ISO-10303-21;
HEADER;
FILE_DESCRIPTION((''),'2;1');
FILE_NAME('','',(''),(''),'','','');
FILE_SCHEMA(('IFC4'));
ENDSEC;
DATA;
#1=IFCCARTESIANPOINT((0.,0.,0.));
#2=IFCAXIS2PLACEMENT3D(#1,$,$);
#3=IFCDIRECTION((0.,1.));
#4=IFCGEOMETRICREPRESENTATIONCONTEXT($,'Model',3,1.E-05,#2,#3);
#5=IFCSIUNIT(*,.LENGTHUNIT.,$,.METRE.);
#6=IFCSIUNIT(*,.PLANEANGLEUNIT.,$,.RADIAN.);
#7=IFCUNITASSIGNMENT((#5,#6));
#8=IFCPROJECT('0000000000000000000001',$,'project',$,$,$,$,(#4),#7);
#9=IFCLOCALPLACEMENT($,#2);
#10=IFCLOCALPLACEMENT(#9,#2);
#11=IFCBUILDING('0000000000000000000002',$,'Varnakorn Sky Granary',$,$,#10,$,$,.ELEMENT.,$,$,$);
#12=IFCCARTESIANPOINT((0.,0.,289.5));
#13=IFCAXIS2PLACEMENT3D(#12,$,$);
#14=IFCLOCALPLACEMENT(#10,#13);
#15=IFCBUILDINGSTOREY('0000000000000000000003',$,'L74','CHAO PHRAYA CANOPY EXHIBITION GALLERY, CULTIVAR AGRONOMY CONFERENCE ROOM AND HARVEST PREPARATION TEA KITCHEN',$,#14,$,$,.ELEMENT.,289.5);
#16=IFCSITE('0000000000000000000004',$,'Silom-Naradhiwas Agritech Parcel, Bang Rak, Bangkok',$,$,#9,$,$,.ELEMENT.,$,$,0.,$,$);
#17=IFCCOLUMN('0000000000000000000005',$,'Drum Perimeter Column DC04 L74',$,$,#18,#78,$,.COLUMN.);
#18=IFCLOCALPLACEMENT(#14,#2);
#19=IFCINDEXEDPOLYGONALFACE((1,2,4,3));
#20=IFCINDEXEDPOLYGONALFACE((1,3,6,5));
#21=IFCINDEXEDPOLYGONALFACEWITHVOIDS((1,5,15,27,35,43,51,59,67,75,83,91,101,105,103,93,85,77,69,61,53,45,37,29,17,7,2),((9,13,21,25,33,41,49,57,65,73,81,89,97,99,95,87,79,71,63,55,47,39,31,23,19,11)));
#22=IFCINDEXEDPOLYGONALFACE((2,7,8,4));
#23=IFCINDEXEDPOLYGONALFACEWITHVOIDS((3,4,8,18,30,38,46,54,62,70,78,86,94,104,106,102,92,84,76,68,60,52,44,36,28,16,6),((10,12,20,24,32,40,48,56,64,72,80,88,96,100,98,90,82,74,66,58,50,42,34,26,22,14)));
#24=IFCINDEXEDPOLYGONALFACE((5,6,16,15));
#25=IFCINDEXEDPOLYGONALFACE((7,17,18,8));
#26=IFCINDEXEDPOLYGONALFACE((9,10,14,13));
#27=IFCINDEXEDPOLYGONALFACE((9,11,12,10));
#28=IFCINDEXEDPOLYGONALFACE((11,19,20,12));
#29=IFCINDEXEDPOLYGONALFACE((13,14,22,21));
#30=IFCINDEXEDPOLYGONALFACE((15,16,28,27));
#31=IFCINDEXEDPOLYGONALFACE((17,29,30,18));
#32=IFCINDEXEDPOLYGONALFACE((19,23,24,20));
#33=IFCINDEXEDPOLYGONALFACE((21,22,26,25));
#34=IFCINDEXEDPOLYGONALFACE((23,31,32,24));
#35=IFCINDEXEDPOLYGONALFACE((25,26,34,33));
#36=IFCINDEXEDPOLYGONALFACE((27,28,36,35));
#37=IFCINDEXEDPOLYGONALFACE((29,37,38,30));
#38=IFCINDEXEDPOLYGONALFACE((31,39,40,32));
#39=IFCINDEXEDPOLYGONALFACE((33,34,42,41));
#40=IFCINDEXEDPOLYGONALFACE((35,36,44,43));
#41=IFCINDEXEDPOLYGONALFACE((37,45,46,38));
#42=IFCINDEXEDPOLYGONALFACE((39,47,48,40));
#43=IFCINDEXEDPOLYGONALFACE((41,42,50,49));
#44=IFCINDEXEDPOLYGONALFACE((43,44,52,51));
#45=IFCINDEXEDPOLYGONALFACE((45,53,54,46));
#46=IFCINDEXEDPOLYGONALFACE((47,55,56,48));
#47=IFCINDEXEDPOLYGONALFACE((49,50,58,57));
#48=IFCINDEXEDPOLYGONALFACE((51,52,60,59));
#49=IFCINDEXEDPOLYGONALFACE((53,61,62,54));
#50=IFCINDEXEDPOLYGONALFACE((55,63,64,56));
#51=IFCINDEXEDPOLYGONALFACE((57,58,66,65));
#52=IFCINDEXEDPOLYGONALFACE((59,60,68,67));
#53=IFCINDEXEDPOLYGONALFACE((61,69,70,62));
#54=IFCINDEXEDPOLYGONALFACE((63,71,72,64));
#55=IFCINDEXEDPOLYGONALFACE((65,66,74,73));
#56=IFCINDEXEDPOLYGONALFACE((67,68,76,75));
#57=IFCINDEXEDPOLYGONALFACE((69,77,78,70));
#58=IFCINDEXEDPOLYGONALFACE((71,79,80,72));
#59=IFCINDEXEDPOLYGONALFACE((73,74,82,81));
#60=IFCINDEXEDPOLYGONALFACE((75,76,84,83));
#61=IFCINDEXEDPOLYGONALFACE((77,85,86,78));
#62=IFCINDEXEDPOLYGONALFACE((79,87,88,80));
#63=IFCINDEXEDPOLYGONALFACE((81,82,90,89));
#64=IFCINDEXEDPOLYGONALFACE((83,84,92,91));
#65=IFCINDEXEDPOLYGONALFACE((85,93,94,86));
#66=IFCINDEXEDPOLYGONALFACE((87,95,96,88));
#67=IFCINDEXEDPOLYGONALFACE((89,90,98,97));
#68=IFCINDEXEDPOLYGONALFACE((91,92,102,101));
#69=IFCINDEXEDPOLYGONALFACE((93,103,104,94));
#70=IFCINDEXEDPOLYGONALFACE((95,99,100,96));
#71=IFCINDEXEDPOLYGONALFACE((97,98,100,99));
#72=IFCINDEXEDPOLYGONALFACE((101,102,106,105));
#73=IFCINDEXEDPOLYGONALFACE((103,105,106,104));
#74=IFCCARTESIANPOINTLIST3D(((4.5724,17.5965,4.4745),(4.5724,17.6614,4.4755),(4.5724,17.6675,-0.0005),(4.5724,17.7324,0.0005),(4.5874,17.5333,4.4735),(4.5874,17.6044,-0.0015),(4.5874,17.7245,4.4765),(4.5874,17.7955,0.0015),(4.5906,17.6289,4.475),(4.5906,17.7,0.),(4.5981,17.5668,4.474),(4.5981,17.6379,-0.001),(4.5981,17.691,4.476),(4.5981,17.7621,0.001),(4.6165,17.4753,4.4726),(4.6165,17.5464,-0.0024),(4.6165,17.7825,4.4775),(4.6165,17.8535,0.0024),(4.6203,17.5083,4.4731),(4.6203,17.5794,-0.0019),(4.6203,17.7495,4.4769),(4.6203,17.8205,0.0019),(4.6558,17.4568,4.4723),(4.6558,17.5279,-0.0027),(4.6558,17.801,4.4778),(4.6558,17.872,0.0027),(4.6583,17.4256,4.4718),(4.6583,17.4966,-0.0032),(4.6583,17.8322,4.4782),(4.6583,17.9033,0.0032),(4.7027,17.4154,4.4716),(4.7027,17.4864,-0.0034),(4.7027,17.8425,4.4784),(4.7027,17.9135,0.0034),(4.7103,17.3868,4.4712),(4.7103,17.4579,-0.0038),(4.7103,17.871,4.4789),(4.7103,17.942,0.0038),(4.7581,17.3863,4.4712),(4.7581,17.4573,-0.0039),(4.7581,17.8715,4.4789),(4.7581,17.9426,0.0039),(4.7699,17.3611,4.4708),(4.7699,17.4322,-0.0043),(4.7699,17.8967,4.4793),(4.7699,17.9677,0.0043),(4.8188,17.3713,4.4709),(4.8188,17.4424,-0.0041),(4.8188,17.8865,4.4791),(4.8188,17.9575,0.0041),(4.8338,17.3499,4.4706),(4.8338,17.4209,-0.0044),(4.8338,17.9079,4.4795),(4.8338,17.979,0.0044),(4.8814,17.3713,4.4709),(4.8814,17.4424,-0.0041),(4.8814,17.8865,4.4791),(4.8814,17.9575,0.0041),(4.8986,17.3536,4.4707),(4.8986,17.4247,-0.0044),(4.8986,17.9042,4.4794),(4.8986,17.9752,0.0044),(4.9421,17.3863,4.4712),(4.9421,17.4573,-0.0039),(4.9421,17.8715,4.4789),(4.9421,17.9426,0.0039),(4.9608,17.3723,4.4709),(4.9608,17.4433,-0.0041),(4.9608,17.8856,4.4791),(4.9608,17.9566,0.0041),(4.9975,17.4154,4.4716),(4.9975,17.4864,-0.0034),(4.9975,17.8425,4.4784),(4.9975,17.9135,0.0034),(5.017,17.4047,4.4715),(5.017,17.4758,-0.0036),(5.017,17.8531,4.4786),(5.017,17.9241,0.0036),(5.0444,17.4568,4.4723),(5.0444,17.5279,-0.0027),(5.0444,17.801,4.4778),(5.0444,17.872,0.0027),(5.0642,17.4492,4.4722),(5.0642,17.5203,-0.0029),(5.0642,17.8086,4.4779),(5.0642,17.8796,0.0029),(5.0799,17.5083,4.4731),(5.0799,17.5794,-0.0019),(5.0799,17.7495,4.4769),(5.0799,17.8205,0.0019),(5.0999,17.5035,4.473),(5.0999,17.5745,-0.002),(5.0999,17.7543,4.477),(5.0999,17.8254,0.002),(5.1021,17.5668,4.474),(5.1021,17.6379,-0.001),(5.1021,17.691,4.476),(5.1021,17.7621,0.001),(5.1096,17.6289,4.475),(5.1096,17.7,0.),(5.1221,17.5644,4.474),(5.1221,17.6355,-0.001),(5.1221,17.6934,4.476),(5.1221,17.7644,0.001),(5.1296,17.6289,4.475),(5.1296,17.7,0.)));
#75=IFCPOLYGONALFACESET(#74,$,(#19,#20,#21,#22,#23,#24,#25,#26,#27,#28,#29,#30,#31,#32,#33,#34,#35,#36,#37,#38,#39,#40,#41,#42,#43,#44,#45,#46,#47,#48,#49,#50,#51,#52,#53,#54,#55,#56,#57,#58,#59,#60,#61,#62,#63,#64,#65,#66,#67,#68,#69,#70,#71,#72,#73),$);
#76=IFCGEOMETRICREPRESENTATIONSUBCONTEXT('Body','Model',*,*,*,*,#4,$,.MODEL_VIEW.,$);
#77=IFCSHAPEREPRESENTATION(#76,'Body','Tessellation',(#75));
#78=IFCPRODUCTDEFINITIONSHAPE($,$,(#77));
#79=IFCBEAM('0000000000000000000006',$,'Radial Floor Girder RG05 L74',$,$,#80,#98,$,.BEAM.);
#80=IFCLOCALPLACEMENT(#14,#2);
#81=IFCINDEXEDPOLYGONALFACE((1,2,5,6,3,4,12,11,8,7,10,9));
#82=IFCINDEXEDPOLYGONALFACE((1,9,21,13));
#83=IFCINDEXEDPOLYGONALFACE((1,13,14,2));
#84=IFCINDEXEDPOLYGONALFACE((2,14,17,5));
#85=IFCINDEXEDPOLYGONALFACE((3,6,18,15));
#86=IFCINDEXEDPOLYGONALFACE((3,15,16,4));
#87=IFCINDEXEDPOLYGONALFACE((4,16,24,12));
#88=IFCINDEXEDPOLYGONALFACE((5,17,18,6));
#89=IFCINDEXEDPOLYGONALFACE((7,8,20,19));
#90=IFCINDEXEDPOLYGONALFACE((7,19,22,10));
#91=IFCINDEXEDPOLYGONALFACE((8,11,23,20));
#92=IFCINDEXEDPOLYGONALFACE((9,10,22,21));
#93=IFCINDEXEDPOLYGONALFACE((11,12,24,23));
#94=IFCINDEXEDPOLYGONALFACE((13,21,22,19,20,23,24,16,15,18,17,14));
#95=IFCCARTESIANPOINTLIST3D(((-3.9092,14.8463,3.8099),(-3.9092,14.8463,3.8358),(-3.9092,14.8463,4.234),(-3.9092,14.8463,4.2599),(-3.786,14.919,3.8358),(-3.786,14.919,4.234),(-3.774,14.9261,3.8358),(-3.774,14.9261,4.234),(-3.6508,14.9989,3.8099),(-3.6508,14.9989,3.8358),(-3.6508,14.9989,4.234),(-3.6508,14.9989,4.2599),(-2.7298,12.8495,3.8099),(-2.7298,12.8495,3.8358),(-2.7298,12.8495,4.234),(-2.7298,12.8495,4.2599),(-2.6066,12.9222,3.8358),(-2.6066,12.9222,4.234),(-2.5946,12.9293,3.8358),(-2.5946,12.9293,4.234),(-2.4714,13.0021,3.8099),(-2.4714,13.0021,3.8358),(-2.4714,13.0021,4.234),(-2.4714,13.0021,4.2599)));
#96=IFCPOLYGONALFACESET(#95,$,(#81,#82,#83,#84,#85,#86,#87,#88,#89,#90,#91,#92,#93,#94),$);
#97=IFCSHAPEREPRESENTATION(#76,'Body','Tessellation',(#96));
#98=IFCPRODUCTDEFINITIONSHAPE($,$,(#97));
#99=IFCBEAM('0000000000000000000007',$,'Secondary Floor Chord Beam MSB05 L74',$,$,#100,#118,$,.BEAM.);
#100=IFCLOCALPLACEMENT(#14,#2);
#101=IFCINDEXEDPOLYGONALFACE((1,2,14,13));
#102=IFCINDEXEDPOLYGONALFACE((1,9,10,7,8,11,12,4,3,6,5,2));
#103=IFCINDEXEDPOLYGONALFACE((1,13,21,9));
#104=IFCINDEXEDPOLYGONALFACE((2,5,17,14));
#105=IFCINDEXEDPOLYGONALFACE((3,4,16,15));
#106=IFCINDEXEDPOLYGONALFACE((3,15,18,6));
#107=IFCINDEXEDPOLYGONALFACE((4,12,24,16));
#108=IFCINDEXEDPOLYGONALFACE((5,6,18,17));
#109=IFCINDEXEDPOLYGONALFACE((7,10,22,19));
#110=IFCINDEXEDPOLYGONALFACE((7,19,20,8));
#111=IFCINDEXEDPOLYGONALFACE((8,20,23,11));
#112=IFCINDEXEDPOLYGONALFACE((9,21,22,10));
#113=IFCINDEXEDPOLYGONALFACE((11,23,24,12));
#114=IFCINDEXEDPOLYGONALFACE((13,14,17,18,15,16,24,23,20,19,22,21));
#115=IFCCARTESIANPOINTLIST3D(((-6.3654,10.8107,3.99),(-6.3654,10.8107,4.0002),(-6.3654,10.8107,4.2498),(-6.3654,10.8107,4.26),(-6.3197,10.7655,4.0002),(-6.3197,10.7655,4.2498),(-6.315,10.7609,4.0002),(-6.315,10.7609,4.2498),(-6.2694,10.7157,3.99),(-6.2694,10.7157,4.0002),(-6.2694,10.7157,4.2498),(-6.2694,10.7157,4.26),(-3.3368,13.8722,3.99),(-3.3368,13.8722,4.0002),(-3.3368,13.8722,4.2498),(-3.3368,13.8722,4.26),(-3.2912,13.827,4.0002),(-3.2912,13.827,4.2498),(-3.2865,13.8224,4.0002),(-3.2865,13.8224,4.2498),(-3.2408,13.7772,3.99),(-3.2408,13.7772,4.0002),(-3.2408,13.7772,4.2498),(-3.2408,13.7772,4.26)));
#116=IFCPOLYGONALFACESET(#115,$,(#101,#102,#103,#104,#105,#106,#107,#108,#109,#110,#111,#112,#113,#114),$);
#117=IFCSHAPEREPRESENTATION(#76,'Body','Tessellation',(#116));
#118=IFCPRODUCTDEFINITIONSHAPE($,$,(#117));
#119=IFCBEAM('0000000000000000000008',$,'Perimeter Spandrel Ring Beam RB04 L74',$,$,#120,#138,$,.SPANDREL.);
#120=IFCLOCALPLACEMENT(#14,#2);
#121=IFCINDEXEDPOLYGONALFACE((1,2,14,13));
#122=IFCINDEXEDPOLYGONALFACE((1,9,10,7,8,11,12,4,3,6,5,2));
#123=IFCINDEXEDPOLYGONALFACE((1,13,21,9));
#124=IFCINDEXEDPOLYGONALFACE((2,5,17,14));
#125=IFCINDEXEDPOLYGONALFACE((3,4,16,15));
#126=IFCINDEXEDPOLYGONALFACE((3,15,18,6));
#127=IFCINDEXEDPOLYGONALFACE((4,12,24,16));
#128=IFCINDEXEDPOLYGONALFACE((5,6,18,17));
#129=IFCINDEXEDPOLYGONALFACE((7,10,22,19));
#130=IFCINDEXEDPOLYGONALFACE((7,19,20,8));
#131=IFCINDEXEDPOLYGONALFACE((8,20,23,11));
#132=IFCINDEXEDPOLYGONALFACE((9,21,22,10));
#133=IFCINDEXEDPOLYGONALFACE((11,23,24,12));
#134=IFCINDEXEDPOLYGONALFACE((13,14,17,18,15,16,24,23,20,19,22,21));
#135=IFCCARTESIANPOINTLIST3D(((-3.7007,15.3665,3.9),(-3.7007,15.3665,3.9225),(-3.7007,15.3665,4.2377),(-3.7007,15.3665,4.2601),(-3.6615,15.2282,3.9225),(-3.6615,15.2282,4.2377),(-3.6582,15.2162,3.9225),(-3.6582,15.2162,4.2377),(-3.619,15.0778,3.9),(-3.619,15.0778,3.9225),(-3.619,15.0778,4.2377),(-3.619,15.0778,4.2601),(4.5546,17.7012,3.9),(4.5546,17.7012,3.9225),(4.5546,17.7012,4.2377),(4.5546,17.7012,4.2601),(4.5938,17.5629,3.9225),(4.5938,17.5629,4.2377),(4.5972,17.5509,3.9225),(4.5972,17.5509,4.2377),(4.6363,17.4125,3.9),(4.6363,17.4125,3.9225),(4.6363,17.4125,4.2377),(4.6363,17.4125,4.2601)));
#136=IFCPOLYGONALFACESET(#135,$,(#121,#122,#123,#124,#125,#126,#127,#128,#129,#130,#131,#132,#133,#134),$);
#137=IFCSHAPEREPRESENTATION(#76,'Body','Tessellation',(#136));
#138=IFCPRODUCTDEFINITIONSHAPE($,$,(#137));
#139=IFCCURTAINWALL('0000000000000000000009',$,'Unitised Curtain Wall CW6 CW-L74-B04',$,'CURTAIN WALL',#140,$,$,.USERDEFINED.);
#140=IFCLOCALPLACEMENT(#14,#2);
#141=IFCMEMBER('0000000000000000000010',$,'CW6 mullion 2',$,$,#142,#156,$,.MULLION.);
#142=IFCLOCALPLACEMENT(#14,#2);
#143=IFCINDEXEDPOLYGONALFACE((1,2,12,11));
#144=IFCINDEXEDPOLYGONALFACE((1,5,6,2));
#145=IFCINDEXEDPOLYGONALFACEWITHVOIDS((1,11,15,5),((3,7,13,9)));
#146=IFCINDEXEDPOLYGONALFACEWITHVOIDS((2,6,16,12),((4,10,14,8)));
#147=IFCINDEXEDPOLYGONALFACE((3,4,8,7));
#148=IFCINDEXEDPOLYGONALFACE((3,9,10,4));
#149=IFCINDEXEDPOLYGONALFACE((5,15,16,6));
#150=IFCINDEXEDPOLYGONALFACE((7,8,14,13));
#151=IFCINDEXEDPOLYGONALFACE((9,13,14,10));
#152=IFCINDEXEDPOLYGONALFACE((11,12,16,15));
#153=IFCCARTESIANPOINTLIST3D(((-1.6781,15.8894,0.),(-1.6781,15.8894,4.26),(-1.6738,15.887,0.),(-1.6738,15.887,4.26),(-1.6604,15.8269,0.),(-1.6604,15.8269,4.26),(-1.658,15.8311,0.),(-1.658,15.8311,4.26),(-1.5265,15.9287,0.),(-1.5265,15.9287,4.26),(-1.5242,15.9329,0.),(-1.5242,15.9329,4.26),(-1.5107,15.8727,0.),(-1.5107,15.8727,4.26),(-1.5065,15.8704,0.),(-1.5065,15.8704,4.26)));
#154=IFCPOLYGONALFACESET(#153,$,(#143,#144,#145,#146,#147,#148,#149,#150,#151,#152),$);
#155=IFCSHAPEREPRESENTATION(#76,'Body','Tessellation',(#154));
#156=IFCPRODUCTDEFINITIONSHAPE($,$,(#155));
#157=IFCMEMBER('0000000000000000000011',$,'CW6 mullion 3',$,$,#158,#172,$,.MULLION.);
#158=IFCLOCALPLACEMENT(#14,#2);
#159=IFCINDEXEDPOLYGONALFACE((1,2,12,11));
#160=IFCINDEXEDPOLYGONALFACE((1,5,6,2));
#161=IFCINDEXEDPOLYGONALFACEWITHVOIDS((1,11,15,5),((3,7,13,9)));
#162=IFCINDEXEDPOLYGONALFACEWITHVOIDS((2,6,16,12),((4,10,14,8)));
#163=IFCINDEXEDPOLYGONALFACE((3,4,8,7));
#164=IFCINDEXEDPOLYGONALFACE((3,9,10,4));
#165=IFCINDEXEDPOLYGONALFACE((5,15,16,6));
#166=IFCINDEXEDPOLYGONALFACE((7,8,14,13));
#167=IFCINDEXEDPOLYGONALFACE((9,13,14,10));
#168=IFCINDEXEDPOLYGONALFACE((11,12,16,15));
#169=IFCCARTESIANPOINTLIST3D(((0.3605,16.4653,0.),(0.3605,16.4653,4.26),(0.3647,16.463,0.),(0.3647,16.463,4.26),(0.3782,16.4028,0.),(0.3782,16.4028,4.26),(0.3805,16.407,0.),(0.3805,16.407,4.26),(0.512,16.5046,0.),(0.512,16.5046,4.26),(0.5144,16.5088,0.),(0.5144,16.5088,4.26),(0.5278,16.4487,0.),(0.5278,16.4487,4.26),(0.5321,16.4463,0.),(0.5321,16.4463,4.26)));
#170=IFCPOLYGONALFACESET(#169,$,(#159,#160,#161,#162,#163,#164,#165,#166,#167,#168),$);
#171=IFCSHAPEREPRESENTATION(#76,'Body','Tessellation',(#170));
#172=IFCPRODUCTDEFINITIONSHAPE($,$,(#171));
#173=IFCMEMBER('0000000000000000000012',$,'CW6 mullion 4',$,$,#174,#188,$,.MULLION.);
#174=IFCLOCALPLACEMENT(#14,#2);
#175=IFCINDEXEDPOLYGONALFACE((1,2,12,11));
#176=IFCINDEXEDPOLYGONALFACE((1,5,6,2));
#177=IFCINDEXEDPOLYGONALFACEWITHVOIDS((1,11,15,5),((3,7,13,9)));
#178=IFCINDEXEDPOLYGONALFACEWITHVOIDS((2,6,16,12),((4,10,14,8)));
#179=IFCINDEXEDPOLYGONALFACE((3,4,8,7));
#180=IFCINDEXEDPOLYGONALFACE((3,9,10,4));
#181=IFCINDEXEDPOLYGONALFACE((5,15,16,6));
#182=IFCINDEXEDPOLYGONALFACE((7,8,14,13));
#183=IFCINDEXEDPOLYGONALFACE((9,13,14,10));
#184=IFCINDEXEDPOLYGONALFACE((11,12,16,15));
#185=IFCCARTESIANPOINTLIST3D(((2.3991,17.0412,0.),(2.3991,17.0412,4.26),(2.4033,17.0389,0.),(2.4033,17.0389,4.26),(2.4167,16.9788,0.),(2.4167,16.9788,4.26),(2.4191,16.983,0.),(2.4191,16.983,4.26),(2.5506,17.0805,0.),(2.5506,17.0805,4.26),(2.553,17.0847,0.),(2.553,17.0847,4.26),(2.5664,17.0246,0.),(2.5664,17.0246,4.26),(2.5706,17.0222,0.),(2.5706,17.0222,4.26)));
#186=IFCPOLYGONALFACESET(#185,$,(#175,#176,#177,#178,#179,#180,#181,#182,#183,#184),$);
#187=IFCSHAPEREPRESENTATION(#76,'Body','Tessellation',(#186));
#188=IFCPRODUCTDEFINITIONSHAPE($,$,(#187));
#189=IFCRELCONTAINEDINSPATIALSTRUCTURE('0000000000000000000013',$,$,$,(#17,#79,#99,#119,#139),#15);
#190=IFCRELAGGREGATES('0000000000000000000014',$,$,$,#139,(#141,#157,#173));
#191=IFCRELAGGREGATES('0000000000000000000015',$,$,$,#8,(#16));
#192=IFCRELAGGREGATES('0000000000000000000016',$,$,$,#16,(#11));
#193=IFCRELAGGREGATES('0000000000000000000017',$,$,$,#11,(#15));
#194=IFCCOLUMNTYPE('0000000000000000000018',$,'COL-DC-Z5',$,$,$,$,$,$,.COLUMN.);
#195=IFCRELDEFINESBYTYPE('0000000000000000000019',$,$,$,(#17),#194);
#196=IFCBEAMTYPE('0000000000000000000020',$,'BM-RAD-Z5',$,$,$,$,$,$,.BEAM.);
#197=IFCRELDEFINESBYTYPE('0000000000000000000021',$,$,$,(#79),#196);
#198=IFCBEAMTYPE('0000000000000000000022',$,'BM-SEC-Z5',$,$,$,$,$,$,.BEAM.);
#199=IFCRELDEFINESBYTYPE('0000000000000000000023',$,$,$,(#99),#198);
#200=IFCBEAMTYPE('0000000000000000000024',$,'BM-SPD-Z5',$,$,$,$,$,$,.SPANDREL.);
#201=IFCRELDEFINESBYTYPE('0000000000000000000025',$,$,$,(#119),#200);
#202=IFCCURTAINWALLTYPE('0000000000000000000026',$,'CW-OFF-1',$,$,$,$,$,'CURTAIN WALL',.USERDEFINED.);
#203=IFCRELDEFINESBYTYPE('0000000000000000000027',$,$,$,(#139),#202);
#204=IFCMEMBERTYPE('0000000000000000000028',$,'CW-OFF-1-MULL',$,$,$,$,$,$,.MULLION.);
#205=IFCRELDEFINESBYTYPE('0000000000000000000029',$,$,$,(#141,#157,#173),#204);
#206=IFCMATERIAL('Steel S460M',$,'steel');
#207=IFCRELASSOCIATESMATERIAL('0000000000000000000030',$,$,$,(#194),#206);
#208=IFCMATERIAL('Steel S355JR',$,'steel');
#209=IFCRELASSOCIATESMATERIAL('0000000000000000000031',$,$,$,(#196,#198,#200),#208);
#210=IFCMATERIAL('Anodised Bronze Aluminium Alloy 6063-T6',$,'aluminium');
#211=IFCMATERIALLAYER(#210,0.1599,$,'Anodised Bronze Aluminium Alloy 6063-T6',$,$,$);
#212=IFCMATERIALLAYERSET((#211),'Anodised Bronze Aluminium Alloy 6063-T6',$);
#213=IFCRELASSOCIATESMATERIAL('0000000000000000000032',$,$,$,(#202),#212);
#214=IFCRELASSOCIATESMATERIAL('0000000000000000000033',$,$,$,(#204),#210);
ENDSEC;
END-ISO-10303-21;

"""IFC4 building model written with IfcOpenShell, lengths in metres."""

from ifc_helpers import new_model, si_unit, direction, frame, origin, origin_2d, place, context, subcontext, project, spatial, hollow_rectangle, hollow_circle, i_section, extrude, material, layer, layer_set, material_profile, profile_set, type_object, element, aggregate, save


model = new_model("IFC4")

# Units and contexts
model_context = context("Model", 3, precision=1e-05, world=origin(), true_north=direction((0.0, 1.0)))
body_context = subcontext(model_context, "Body", "Model", "MODEL_VIEW")
ifc_project = project(units=[si_unit("LENGTHUNIT", "METRE"), si_unit("PLANEANGLEUNIT", "RADIAN")], contexts=[model_context])

# Site, building, storey
site_placement = place(None, origin())
site = spatial("IfcSite", under=ifc_project, at=site_placement, Name="Silom-Naradhiwas Agritech Parcel, Bang Rak, Bangkok", CompositionType="ELEMENT", RefElevation=0.0)
building_placement = place(site_placement, origin())
building = spatial("IfcBuilding", under=site, at=building_placement, Name="Varnakorn Sky Granary", CompositionType="ELEMENT")
storey_placement = place(building_placement, frame((0.0, 0.0, 289.5)))
storey = spatial("IfcBuildingStorey", under=building, at=storey_placement, Name="L74", Description="CHAO PHRAYA CANOPY EXHIBITION GALLERY, CULTIVAR AGRONOMY CONFERENCE ROOM AND HARVEST PREPARATION TEA KITCHEN", CompositionType="ELEMENT", Elevation=289.5)

# Column
ifc_material_1 = material(Name="Steel S460M", Category="steel")
ifc_material_profile_1 = material_profile(ifc_material_1, hollow_circle(Radius=0.2795, WallThickness=0.02, at=origin_2d()), Name="CHS 559x20")
ifc_profile_set_1 = profile_set([ifc_material_profile_1], Name="Steel S460M")
column_type = type_object("IfcColumnType", Name="COL-DC-Z5", PredefinedType="COLUMN", material=ifc_profile_set_1)
column_placement = place(storey_placement, frame((4.8501, 17.7, 0.0), z_axis=(0.0, -0.015874, 0.999874), x_axis=(1.0, 0.0, 0.0)))
element("IfcColumn", 1, at=column_placement, inside=storey, type_object=column_type, Name="Drum Perimeter Column DC04 L74", PredefinedType="COLUMN", context=body_context, shape_type="SweptSolid", body=[
    extrude(hollow_circle(Radius=0.2795, WallThickness=0.02, at=origin_2d()), origin(), (0.0, 0.0, 1.0), 4.4756),
])

# Beams
ifc_material_2 = material(Name="Steel S355JR", Category="steel")
ifc_material_profile_2 = material_profile(ifc_material_2, i_section(OverallWidth=0.3, OverallDepth=0.45, WebThickness=0.0139, FlangeThickness=0.0259, at=origin_2d()), Name="HE 450 B")
ifc_profile_set_2 = profile_set([ifc_material_profile_2], Name="Steel S355JR")
beam_type_1 = type_object("IfcBeamType", Name="BM-RAD-Z5", PredefinedType="BEAM", material=ifc_profile_set_2)
beam_1_placement = place(storey_placement, frame((-2.6006, 12.9258, 4.0349), z_axis=(-0.50857, 0.861021, 0.0), x_axis=(-0.861021, -0.50857, 0.0)))
element("IfcBeam", 2, at=beam_1_placement, inside=storey, type_object=beam_type_1, Name="Radial Floor Girder RG05 L74", PredefinedType="BEAM", context=body_context, shape_type="SweptSolid", body=[
    extrude(i_section(OverallWidth=0.3, OverallDepth=0.45, WebThickness=0.0139, FlangeThickness=0.0259, at=origin_2d()), origin(), (0.0, 0.0, 1.0), 2.3191),
])
ifc_material_profile_3 = material_profile(ifc_material_2, i_section(OverallWidth=0.135, OverallDepth=0.27, WebThickness=0.0066, FlangeThickness=0.0103, at=origin_2d()), Name="IPE 270")
ifc_profile_set_3 = profile_set([ifc_material_profile_3], Name="Steel S355JR")
beam_type_2 = type_object("IfcBeamType", Name="BM-SEC-Z5", PredefinedType="BEAM", material=ifc_profile_set_3)
beam_2_placement = place(storey_placement, frame((-3.2888, 13.8247, 4.125), z_axis=(-0.70327, -0.710923, 0.0), x_axis=(0.710923, -0.70327, 0.0)))
element("IfcBeam", 3, at=beam_2_placement, inside=storey, type_object=beam_type_2, Name="Secondary Floor Chord Beam MSB05 L74", PredefinedType="BEAM", context=body_context, shape_type="SweptSolid", body=[
    extrude(i_section(OverallWidth=0.135, OverallDepth=0.27, WebThickness=0.0066, FlangeThickness=0.0103, at=origin_2d()), origin(), (0.0, 0.0, 1.0), 4.3064),
])
ifc_material_profile_4 = material_profile(ifc_material_2, i_section(OverallWidth=0.3, OverallDepth=0.3601, WebThickness=0.0125, FlangeThickness=0.0225, at=origin_2d()), Name="HE 360 B")
ifc_profile_set_4 = profile_set([ifc_material_profile_4], Name="Steel S355JR")
beam_type_3 = type_object("IfcBeamType", Name="BM-SPD-Z5", PredefinedType="SPANDREL", material=ifc_profile_set_4)
beam_3_placement = place(storey_placement, frame((4.5955, 17.5569, 4.0801), z_axis=(-0.962258, -0.272138, 0.0), x_axis=(0.272138, -0.962258, 0.0)))
element("IfcBeam", 4, at=beam_3_placement, inside=storey, type_object=beam_type_3, Name="Perimeter Spandrel Ring Beam RB04 L74", PredefinedType="SPANDREL", context=body_context, shape_type="SweptSolid", body=[
    extrude(i_section(OverallWidth=0.3, OverallDepth=0.3601, WebThickness=0.0125, FlangeThickness=0.0225, at=origin_2d()), origin(), (0.0, 0.0, 1.0), 8.5791),
])

# Curtain wall, members
ifc_material_3 = material(Name="Anodised Bronze Aluminium Alloy 6063-T6", Category="aluminium")
ifc_layer_1 = layer(ifc_material_3, 0.1599, Name="Anodised Bronze Aluminium Alloy 6063-T6")
ifc_layer_set_1 = layer_set([ifc_layer_1], Name="Anodised Bronze Aluminium Alloy 6063-T6")
curtain_wall_type = type_object("IfcCurtainWallType", Name="CW-OFF-1", ElementType="CURTAIN WALL", PredefinedType="USERDEFINED", material=ifc_layer_set_1)
curtain_wall_placement = place(storey_placement, origin())
curtain_wall = element("IfcCurtainWall", 5, at=curtain_wall_placement, inside=storey, type_object=curtain_wall_type, Name="Unitised Curtain Wall CW6 CW-L74-B04", ObjectType="CURTAIN WALL", PredefinedType="USERDEFINED")
ifc_material_profile_5 = material_profile(ifc_material_3, hollow_rectangle(XDim=0.0649, YDim=0.1599, WallThickness=0.0034, at=origin_2d()), Name="ALU MULL 65x160")
ifc_profile_set_5 = profile_set([ifc_material_profile_5], Name="Anodised Bronze Aluminium Alloy 6063-T6")
member_type_1 = type_object("IfcMemberType", Name="CW-OFF-1-MULL", PredefinedType="MULLION", material=ifc_profile_set_5)
member_1_placement = place(storey_placement, frame((-1.5923, 15.8799, 0.0), z_axis=(0.0, 0.0, 1.0), x_axis=(-0.271878, 0.962332, 0.0)))
member_1 = element("IfcMember", 6, at=member_1_placement, type_object=member_type_1, Name="CW6 mullion 2", PredefinedType="MULLION", context=body_context, shape_type="SweptSolid", body=[
    extrude(hollow_rectangle(XDim=0.0649, YDim=0.1599, WallThickness=0.0034, at=origin_2d()), origin(), (0.0, 0.0, 1.0), 4.26),
])
member_2_placement = place(storey_placement, frame((0.4463, 16.4558, 0.0), z_axis=(0.0, 0.0, 1.0), x_axis=(-0.271878, 0.962332, 0.0)))
member_2 = element("IfcMember", 7, at=member_2_placement, type_object=member_type_1, Name="CW6 mullion 3", PredefinedType="MULLION", context=body_context, shape_type="SweptSolid", body=[
    extrude(hollow_rectangle(XDim=0.0649, YDim=0.1599, WallThickness=0.0034, at=origin_2d()), origin(), (0.0, 0.0, 1.0), 4.26),
])
member_3_placement = place(storey_placement, frame((2.4849, 17.0317, 0.0), z_axis=(0.0, 0.0, 1.0), x_axis=(-0.271878, 0.962332, 0.0)))
member_3 = element("IfcMember", 8, at=member_3_placement, type_object=member_type_1, Name="CW6 mullion 4", PredefinedType="MULLION", context=body_context, shape_type="SweptSolid", body=[
    extrude(hollow_rectangle(XDim=0.0649, YDim=0.1599, WallThickness=0.0034, at=origin_2d()), origin(), (0.0, 0.0, 1.0), 4.26),
])

aggregate(curtain_wall, [member_1, member_2, member_3])

save(model, "model.ifc")
